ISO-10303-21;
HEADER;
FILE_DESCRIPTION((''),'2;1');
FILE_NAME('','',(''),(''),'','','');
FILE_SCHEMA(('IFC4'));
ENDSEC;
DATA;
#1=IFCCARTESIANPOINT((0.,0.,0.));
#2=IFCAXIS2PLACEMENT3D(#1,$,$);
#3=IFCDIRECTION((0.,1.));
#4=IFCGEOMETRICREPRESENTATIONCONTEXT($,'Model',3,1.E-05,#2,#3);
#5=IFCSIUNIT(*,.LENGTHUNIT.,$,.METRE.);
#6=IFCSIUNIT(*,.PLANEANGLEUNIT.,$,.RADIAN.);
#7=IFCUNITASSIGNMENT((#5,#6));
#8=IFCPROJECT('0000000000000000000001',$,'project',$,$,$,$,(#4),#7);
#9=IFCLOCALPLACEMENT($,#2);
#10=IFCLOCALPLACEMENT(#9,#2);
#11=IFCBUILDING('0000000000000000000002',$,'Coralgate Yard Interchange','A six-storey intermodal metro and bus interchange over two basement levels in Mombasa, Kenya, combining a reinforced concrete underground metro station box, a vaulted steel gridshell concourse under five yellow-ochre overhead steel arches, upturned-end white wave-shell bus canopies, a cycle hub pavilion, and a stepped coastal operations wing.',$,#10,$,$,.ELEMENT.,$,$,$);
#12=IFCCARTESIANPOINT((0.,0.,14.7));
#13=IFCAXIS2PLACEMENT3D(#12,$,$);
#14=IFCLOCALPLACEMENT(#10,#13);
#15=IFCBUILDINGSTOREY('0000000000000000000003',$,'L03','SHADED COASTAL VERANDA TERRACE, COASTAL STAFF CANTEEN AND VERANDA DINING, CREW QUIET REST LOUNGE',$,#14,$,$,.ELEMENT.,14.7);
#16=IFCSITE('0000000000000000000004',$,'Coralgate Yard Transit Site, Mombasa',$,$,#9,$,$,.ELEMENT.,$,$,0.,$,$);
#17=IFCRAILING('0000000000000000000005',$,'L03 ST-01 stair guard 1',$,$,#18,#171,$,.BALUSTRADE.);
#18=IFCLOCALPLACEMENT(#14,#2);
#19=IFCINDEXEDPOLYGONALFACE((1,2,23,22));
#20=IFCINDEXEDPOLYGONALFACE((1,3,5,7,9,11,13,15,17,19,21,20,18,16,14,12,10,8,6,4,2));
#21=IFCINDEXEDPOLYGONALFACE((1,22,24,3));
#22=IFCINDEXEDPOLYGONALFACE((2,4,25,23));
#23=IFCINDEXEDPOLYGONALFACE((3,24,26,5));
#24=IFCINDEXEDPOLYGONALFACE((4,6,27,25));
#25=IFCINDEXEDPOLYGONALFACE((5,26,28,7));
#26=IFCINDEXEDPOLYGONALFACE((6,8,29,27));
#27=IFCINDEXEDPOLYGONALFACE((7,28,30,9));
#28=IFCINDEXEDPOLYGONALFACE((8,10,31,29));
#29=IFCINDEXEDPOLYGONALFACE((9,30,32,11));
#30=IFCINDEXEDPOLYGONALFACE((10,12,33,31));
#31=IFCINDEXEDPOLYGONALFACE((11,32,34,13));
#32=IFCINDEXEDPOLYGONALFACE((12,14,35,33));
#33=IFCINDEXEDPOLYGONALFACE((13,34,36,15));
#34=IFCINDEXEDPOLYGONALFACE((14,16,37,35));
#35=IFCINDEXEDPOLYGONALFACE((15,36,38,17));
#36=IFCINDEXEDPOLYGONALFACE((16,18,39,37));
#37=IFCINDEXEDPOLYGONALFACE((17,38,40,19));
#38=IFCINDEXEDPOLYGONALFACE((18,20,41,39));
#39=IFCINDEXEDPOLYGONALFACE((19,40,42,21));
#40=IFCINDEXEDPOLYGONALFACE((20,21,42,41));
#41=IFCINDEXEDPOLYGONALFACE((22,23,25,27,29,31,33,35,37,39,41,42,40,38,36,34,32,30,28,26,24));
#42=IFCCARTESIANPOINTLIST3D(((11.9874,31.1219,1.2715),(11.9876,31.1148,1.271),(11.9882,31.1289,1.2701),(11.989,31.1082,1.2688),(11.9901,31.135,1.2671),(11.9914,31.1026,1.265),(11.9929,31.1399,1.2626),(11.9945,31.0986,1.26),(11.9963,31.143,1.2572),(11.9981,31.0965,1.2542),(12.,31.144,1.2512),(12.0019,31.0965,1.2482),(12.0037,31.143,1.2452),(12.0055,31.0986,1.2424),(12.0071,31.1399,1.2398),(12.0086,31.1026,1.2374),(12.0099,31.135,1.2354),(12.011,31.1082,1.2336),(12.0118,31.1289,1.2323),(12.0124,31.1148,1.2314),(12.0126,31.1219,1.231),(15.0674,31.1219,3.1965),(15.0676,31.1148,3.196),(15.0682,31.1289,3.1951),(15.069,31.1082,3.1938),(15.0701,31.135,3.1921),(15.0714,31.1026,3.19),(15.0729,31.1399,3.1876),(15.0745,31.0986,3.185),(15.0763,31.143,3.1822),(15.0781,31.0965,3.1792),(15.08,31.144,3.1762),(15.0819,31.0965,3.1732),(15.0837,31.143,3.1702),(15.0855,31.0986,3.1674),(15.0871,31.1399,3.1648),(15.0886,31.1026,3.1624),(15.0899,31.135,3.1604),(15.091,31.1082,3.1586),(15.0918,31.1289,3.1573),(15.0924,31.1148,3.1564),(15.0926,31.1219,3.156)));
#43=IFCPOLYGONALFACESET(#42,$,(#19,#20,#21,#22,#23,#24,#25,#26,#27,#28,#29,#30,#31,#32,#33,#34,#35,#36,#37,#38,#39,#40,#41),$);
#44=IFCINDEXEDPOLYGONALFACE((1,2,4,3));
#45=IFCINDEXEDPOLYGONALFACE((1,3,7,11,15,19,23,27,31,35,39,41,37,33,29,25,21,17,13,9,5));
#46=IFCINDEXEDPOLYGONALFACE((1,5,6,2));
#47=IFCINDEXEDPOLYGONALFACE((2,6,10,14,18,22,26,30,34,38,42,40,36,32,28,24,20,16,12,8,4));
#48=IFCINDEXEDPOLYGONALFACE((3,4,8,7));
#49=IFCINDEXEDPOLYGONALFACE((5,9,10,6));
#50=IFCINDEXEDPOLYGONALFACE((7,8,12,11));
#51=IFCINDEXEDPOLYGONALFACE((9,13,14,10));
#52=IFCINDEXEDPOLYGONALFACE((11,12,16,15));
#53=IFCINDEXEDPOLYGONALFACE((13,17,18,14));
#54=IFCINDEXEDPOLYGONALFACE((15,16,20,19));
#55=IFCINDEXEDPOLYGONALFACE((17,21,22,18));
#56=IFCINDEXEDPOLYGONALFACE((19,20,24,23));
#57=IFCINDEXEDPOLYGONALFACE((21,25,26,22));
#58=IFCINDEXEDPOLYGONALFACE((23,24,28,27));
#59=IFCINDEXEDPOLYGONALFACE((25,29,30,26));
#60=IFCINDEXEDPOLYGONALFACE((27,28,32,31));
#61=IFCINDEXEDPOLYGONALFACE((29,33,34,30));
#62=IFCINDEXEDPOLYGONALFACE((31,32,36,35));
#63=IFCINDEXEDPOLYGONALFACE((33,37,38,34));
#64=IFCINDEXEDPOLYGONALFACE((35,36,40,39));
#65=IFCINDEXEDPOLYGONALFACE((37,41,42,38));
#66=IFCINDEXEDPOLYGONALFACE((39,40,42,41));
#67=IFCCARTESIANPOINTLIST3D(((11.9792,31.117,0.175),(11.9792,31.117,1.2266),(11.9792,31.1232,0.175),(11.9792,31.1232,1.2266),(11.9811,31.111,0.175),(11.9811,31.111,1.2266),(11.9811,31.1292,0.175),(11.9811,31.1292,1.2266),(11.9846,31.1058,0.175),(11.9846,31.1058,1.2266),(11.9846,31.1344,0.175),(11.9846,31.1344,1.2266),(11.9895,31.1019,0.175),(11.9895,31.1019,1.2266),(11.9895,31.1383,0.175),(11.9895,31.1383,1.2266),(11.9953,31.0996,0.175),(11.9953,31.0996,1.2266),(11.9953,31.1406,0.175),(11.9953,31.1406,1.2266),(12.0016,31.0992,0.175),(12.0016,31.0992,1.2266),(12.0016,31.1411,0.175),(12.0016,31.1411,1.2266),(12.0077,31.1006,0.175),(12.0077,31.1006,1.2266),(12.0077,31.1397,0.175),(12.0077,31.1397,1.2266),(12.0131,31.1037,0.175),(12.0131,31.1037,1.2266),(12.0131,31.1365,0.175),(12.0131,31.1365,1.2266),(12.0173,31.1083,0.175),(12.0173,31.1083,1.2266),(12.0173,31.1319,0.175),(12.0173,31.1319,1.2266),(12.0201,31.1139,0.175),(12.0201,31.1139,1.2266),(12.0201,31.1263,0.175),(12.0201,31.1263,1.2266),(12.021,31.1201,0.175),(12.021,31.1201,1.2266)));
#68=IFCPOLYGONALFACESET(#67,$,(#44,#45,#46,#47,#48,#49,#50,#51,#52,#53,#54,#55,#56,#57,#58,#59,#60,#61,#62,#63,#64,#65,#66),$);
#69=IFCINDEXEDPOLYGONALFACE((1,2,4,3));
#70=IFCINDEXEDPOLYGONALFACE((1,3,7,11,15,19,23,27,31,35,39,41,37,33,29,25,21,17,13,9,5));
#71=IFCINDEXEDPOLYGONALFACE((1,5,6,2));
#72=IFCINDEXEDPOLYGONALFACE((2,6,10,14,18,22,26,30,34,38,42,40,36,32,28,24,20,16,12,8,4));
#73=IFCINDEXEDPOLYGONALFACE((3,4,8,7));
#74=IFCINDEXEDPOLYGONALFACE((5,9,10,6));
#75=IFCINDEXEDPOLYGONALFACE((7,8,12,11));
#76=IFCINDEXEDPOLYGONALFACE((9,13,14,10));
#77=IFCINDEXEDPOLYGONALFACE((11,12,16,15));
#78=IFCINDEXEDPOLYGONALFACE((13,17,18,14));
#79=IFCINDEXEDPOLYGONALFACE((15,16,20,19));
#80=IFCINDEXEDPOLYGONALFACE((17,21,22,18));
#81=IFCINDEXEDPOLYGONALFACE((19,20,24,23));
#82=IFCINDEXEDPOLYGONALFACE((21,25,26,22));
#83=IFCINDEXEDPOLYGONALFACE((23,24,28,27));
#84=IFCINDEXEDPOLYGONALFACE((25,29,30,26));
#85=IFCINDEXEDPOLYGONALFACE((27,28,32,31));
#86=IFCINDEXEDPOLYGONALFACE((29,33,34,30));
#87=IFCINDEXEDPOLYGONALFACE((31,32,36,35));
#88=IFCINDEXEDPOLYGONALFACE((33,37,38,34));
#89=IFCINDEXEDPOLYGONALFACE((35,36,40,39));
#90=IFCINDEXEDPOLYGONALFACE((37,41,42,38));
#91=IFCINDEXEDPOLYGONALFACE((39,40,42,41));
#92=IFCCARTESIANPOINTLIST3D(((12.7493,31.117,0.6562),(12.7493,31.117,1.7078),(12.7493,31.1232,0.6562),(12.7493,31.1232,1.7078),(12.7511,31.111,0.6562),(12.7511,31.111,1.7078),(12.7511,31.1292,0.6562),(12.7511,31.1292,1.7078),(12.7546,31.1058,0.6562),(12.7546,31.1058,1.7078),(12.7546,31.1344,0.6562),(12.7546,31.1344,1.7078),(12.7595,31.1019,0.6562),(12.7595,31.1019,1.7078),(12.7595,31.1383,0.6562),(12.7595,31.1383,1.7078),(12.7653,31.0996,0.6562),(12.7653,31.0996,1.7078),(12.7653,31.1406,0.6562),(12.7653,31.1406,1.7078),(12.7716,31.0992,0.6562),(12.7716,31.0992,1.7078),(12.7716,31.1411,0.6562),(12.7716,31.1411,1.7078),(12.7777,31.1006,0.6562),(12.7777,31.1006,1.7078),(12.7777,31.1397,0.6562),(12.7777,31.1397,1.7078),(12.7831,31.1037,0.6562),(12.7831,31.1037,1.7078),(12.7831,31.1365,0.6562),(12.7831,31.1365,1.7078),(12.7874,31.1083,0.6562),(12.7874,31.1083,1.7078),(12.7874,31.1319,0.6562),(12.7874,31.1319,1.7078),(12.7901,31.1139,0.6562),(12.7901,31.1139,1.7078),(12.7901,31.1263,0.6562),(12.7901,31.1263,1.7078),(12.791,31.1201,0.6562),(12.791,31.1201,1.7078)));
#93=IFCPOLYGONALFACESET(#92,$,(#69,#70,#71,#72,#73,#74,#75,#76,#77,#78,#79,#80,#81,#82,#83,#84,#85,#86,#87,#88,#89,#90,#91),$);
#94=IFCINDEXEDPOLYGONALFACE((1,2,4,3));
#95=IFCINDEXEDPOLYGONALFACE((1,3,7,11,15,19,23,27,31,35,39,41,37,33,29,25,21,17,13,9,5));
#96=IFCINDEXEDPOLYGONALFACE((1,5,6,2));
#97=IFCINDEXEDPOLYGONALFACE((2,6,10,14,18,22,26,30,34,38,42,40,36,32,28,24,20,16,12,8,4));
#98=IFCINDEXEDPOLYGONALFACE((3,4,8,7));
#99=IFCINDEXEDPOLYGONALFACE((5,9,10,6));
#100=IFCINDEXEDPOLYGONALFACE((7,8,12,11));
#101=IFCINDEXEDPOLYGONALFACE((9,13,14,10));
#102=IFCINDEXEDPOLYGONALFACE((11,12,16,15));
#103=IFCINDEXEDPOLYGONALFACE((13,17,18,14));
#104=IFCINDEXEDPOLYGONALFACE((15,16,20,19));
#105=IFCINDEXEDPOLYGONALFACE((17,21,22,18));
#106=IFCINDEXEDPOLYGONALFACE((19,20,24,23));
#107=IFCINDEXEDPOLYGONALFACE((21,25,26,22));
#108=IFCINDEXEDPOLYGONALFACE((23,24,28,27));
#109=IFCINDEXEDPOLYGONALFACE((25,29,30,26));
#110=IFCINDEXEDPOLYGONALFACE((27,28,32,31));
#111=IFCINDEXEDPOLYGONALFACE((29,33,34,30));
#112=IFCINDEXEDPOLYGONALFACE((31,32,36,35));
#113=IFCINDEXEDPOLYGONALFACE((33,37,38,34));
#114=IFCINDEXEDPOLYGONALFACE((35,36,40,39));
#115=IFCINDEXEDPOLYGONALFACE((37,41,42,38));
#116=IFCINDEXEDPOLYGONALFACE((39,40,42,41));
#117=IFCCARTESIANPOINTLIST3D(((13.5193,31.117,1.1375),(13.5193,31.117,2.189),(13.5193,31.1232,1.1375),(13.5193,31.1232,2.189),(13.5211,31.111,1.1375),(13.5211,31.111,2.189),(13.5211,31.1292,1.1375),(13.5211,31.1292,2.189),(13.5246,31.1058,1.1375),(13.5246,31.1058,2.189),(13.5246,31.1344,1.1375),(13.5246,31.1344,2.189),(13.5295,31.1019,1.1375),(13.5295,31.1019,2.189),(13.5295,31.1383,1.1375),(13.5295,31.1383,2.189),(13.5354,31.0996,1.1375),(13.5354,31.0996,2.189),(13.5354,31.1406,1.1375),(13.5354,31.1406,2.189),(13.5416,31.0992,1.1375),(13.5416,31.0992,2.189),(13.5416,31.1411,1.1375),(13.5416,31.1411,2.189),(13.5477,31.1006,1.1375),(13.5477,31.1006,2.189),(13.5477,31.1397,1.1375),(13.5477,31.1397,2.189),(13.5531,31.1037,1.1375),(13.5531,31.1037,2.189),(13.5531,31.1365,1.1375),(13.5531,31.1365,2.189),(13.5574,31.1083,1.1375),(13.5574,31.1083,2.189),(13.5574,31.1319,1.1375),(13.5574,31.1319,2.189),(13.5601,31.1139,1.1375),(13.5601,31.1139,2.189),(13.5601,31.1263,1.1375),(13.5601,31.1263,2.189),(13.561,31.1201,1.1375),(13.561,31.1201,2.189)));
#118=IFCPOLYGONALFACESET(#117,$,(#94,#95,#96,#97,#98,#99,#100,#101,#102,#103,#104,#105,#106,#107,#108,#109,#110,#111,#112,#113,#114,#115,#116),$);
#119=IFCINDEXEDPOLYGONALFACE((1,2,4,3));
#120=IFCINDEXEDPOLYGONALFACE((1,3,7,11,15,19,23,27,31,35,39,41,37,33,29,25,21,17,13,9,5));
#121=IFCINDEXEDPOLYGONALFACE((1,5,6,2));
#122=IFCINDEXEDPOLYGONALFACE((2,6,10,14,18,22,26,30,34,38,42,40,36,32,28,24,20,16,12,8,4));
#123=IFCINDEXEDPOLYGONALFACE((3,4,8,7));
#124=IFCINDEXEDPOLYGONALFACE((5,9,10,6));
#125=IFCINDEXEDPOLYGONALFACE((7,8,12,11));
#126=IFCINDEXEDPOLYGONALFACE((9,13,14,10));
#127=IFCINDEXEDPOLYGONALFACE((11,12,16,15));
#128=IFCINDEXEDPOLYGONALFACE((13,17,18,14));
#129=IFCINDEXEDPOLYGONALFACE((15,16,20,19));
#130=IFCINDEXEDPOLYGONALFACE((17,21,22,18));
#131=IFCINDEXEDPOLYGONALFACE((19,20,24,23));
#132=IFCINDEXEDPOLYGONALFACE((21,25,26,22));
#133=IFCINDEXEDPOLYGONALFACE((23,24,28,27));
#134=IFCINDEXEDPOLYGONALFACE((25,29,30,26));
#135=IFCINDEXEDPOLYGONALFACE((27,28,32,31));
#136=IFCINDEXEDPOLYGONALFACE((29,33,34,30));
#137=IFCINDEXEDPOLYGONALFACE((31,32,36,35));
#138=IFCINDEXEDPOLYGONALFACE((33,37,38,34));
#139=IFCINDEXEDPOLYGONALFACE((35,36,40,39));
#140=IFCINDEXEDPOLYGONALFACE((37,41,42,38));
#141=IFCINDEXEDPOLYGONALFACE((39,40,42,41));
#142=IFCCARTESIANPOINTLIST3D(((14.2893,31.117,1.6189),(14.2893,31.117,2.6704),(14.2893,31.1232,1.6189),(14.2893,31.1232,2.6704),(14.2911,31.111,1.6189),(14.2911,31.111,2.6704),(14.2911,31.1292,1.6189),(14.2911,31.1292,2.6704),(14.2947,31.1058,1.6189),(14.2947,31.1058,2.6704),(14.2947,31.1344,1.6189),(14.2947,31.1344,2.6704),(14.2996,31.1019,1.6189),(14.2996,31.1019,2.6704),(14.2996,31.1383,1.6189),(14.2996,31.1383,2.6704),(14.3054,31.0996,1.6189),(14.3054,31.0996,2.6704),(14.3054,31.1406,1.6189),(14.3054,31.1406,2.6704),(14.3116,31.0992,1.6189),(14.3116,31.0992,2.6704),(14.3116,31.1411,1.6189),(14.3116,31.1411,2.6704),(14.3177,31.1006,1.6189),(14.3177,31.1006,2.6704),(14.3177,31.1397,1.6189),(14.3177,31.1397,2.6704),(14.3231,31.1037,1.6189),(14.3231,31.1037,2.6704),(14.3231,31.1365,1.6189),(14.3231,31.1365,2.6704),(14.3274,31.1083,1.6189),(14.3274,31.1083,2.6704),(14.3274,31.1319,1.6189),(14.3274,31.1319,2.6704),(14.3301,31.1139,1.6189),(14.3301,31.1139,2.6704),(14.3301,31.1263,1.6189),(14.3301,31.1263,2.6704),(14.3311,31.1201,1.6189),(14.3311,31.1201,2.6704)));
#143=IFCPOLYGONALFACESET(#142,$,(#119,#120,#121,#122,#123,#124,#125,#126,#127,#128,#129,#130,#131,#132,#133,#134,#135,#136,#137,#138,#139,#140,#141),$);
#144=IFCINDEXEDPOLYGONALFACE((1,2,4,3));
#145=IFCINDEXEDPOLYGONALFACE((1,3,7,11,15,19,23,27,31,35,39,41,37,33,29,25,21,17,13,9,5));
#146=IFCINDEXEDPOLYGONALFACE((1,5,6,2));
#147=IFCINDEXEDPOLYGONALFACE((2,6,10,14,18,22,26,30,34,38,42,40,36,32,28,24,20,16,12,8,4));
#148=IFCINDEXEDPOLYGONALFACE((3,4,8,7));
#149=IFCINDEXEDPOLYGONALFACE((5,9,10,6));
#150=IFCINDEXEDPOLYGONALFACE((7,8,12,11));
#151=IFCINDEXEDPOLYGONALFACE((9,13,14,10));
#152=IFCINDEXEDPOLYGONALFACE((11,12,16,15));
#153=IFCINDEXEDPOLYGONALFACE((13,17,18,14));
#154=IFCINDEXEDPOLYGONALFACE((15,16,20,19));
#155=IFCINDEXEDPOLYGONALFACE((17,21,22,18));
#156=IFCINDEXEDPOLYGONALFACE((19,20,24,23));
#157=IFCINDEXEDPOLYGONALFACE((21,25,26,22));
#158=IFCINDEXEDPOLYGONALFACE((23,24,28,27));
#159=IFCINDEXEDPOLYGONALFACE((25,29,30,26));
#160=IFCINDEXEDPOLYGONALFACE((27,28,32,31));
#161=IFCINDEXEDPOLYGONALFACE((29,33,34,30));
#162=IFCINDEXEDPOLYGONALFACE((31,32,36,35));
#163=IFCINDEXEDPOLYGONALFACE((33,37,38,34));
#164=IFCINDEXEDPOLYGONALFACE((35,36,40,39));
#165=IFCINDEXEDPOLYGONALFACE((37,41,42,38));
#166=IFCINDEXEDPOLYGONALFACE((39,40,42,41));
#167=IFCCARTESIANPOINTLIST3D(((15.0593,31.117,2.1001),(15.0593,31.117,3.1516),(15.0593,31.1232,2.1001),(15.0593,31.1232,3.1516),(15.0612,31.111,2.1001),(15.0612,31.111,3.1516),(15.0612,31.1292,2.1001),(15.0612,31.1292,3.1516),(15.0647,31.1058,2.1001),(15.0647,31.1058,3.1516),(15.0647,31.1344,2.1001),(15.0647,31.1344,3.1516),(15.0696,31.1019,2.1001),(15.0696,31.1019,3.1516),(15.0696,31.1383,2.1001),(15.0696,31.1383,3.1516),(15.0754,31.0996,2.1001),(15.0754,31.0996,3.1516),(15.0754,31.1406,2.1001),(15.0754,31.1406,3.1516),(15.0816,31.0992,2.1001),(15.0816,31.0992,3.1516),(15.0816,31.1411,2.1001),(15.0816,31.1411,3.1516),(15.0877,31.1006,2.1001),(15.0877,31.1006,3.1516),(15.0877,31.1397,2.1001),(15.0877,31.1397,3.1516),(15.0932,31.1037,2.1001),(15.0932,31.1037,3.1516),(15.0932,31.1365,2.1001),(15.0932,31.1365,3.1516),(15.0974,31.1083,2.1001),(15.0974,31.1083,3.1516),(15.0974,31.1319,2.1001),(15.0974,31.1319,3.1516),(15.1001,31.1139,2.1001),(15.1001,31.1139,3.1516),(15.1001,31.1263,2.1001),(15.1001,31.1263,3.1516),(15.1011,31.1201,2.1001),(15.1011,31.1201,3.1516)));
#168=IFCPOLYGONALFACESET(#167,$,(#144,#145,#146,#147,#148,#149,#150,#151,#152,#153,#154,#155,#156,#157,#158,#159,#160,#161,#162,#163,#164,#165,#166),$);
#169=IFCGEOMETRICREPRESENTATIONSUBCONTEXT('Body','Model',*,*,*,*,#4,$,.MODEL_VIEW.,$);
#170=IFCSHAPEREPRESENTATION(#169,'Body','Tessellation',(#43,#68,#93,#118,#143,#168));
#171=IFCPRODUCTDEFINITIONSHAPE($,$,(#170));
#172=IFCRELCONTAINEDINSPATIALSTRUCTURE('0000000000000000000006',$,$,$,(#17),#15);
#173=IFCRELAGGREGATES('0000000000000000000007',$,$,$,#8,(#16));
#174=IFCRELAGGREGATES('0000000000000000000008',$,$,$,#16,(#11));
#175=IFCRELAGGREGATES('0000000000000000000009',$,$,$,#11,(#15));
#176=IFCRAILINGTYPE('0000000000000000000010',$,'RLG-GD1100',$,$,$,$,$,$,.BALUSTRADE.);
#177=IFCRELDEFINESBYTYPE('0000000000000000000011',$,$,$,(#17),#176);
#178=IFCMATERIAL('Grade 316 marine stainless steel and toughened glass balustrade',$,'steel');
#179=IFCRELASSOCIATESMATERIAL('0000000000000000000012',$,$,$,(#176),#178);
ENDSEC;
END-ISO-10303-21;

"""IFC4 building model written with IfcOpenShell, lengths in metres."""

from ifc_helpers import new_model, si_unit, direction, frame, origin, origin_2d, place, context, subcontext, project, spatial, circle, extrude, material, type_object, element, save


model = new_model("IFC4")

# Units and contexts
model_context = context("Model", 3, precision=1e-05, world=origin(), true_north=direction((0.0, 1.0)))
body_context = subcontext(model_context, "Body", "Model", "MODEL_VIEW")
ifc_project = project(units=[si_unit("LENGTHUNIT", "METRE"), si_unit("PLANEANGLEUNIT", "RADIAN")], contexts=[model_context])

# Site, building, storey
site_placement = place(None, origin())
site = spatial("IfcSite", under=ifc_project, at=site_placement, Name="Coralgate Yard Transit Site, Mombasa", CompositionType="ELEMENT", RefElevation=0.0)
building_placement = place(site_placement, origin())
building = spatial("IfcBuilding", under=site, at=building_placement, Name="Coralgate Yard Interchange", Description="A six-storey intermodal metro and bus interchange over two basement levels in Mombasa, Kenya, combining a reinforced concrete underground metro station box, a vaulted steel gridshell concourse under five yellow-ochre overhead steel arches, upturned-end white wave-shell bus canopies, a cycle hub pavilion, and a stepped coastal operations wing.", CompositionType="ELEMENT")
storey_placement = place(building_placement, frame((0.0, 0.0, 14.7)))
storey = spatial("IfcBuildingStorey", under=building, at=storey_placement, Name="L03", Description="SHADED COASTAL VERANDA TERRACE, COASTAL STAFF CANTEEN AND VERANDA DINING, CREW QUIET REST LOUNGE", CompositionType="ELEMENT", Elevation=14.7)

# Railing
ifc_material_1 = material(Name="Grade 316 marine stainless steel and toughened glass balustrade", Category="steel")
railing_type_1 = type_object("IfcRailingType", Name="RLG-GD1100", PredefinedType="BALUSTRADE", material=ifc_material_1)
railing_1_placement = place(storey_placement, frame((12.0, 31.1201, 0.175)))
element("IfcRailing", 1, at=railing_1_placement, inside=storey, type_object=railing_type_1, Name="L03 ST-01 stair guard 1", PredefinedType="BALUSTRADE", context=body_context, shape_type="SweptSolid", body=[
    extrude(circle(Radius=0.0239, at=origin_2d()), frame((0.0, 0.0, 1.0762), z_axis=(0.847998, 0.0, 0.529999), x_axis=(0.0, 1.0, 0.0)), (0.0, 0.0, 1.0), 3.6321),
    extrude(circle(Radius=0.021, at=origin_2d()), origin(), (0.0, 0.0, 1.0), 1.0515),
    extrude(circle(Radius=0.021, at=origin_2d()), frame((0.77, 0.0, 0.4812)), (0.0, 0.0, 1.0), 1.0515),
    extrude(circle(Radius=0.021, at=origin_2d()), frame((1.54, 0.0, 0.9624)), (0.0, 0.0, 1.0), 1.0515),
    extrude(circle(Radius=0.021, at=origin_2d()), frame((2.3101, 0.0, 1.4438)), (0.0, 0.0, 1.0), 1.0515),
    extrude(circle(Radius=0.021, at=origin_2d()), frame((3.0801, 0.0, 1.925)), (0.0, 0.0, 1.0), 1.0515),
])

save(model, "model.ifc")
